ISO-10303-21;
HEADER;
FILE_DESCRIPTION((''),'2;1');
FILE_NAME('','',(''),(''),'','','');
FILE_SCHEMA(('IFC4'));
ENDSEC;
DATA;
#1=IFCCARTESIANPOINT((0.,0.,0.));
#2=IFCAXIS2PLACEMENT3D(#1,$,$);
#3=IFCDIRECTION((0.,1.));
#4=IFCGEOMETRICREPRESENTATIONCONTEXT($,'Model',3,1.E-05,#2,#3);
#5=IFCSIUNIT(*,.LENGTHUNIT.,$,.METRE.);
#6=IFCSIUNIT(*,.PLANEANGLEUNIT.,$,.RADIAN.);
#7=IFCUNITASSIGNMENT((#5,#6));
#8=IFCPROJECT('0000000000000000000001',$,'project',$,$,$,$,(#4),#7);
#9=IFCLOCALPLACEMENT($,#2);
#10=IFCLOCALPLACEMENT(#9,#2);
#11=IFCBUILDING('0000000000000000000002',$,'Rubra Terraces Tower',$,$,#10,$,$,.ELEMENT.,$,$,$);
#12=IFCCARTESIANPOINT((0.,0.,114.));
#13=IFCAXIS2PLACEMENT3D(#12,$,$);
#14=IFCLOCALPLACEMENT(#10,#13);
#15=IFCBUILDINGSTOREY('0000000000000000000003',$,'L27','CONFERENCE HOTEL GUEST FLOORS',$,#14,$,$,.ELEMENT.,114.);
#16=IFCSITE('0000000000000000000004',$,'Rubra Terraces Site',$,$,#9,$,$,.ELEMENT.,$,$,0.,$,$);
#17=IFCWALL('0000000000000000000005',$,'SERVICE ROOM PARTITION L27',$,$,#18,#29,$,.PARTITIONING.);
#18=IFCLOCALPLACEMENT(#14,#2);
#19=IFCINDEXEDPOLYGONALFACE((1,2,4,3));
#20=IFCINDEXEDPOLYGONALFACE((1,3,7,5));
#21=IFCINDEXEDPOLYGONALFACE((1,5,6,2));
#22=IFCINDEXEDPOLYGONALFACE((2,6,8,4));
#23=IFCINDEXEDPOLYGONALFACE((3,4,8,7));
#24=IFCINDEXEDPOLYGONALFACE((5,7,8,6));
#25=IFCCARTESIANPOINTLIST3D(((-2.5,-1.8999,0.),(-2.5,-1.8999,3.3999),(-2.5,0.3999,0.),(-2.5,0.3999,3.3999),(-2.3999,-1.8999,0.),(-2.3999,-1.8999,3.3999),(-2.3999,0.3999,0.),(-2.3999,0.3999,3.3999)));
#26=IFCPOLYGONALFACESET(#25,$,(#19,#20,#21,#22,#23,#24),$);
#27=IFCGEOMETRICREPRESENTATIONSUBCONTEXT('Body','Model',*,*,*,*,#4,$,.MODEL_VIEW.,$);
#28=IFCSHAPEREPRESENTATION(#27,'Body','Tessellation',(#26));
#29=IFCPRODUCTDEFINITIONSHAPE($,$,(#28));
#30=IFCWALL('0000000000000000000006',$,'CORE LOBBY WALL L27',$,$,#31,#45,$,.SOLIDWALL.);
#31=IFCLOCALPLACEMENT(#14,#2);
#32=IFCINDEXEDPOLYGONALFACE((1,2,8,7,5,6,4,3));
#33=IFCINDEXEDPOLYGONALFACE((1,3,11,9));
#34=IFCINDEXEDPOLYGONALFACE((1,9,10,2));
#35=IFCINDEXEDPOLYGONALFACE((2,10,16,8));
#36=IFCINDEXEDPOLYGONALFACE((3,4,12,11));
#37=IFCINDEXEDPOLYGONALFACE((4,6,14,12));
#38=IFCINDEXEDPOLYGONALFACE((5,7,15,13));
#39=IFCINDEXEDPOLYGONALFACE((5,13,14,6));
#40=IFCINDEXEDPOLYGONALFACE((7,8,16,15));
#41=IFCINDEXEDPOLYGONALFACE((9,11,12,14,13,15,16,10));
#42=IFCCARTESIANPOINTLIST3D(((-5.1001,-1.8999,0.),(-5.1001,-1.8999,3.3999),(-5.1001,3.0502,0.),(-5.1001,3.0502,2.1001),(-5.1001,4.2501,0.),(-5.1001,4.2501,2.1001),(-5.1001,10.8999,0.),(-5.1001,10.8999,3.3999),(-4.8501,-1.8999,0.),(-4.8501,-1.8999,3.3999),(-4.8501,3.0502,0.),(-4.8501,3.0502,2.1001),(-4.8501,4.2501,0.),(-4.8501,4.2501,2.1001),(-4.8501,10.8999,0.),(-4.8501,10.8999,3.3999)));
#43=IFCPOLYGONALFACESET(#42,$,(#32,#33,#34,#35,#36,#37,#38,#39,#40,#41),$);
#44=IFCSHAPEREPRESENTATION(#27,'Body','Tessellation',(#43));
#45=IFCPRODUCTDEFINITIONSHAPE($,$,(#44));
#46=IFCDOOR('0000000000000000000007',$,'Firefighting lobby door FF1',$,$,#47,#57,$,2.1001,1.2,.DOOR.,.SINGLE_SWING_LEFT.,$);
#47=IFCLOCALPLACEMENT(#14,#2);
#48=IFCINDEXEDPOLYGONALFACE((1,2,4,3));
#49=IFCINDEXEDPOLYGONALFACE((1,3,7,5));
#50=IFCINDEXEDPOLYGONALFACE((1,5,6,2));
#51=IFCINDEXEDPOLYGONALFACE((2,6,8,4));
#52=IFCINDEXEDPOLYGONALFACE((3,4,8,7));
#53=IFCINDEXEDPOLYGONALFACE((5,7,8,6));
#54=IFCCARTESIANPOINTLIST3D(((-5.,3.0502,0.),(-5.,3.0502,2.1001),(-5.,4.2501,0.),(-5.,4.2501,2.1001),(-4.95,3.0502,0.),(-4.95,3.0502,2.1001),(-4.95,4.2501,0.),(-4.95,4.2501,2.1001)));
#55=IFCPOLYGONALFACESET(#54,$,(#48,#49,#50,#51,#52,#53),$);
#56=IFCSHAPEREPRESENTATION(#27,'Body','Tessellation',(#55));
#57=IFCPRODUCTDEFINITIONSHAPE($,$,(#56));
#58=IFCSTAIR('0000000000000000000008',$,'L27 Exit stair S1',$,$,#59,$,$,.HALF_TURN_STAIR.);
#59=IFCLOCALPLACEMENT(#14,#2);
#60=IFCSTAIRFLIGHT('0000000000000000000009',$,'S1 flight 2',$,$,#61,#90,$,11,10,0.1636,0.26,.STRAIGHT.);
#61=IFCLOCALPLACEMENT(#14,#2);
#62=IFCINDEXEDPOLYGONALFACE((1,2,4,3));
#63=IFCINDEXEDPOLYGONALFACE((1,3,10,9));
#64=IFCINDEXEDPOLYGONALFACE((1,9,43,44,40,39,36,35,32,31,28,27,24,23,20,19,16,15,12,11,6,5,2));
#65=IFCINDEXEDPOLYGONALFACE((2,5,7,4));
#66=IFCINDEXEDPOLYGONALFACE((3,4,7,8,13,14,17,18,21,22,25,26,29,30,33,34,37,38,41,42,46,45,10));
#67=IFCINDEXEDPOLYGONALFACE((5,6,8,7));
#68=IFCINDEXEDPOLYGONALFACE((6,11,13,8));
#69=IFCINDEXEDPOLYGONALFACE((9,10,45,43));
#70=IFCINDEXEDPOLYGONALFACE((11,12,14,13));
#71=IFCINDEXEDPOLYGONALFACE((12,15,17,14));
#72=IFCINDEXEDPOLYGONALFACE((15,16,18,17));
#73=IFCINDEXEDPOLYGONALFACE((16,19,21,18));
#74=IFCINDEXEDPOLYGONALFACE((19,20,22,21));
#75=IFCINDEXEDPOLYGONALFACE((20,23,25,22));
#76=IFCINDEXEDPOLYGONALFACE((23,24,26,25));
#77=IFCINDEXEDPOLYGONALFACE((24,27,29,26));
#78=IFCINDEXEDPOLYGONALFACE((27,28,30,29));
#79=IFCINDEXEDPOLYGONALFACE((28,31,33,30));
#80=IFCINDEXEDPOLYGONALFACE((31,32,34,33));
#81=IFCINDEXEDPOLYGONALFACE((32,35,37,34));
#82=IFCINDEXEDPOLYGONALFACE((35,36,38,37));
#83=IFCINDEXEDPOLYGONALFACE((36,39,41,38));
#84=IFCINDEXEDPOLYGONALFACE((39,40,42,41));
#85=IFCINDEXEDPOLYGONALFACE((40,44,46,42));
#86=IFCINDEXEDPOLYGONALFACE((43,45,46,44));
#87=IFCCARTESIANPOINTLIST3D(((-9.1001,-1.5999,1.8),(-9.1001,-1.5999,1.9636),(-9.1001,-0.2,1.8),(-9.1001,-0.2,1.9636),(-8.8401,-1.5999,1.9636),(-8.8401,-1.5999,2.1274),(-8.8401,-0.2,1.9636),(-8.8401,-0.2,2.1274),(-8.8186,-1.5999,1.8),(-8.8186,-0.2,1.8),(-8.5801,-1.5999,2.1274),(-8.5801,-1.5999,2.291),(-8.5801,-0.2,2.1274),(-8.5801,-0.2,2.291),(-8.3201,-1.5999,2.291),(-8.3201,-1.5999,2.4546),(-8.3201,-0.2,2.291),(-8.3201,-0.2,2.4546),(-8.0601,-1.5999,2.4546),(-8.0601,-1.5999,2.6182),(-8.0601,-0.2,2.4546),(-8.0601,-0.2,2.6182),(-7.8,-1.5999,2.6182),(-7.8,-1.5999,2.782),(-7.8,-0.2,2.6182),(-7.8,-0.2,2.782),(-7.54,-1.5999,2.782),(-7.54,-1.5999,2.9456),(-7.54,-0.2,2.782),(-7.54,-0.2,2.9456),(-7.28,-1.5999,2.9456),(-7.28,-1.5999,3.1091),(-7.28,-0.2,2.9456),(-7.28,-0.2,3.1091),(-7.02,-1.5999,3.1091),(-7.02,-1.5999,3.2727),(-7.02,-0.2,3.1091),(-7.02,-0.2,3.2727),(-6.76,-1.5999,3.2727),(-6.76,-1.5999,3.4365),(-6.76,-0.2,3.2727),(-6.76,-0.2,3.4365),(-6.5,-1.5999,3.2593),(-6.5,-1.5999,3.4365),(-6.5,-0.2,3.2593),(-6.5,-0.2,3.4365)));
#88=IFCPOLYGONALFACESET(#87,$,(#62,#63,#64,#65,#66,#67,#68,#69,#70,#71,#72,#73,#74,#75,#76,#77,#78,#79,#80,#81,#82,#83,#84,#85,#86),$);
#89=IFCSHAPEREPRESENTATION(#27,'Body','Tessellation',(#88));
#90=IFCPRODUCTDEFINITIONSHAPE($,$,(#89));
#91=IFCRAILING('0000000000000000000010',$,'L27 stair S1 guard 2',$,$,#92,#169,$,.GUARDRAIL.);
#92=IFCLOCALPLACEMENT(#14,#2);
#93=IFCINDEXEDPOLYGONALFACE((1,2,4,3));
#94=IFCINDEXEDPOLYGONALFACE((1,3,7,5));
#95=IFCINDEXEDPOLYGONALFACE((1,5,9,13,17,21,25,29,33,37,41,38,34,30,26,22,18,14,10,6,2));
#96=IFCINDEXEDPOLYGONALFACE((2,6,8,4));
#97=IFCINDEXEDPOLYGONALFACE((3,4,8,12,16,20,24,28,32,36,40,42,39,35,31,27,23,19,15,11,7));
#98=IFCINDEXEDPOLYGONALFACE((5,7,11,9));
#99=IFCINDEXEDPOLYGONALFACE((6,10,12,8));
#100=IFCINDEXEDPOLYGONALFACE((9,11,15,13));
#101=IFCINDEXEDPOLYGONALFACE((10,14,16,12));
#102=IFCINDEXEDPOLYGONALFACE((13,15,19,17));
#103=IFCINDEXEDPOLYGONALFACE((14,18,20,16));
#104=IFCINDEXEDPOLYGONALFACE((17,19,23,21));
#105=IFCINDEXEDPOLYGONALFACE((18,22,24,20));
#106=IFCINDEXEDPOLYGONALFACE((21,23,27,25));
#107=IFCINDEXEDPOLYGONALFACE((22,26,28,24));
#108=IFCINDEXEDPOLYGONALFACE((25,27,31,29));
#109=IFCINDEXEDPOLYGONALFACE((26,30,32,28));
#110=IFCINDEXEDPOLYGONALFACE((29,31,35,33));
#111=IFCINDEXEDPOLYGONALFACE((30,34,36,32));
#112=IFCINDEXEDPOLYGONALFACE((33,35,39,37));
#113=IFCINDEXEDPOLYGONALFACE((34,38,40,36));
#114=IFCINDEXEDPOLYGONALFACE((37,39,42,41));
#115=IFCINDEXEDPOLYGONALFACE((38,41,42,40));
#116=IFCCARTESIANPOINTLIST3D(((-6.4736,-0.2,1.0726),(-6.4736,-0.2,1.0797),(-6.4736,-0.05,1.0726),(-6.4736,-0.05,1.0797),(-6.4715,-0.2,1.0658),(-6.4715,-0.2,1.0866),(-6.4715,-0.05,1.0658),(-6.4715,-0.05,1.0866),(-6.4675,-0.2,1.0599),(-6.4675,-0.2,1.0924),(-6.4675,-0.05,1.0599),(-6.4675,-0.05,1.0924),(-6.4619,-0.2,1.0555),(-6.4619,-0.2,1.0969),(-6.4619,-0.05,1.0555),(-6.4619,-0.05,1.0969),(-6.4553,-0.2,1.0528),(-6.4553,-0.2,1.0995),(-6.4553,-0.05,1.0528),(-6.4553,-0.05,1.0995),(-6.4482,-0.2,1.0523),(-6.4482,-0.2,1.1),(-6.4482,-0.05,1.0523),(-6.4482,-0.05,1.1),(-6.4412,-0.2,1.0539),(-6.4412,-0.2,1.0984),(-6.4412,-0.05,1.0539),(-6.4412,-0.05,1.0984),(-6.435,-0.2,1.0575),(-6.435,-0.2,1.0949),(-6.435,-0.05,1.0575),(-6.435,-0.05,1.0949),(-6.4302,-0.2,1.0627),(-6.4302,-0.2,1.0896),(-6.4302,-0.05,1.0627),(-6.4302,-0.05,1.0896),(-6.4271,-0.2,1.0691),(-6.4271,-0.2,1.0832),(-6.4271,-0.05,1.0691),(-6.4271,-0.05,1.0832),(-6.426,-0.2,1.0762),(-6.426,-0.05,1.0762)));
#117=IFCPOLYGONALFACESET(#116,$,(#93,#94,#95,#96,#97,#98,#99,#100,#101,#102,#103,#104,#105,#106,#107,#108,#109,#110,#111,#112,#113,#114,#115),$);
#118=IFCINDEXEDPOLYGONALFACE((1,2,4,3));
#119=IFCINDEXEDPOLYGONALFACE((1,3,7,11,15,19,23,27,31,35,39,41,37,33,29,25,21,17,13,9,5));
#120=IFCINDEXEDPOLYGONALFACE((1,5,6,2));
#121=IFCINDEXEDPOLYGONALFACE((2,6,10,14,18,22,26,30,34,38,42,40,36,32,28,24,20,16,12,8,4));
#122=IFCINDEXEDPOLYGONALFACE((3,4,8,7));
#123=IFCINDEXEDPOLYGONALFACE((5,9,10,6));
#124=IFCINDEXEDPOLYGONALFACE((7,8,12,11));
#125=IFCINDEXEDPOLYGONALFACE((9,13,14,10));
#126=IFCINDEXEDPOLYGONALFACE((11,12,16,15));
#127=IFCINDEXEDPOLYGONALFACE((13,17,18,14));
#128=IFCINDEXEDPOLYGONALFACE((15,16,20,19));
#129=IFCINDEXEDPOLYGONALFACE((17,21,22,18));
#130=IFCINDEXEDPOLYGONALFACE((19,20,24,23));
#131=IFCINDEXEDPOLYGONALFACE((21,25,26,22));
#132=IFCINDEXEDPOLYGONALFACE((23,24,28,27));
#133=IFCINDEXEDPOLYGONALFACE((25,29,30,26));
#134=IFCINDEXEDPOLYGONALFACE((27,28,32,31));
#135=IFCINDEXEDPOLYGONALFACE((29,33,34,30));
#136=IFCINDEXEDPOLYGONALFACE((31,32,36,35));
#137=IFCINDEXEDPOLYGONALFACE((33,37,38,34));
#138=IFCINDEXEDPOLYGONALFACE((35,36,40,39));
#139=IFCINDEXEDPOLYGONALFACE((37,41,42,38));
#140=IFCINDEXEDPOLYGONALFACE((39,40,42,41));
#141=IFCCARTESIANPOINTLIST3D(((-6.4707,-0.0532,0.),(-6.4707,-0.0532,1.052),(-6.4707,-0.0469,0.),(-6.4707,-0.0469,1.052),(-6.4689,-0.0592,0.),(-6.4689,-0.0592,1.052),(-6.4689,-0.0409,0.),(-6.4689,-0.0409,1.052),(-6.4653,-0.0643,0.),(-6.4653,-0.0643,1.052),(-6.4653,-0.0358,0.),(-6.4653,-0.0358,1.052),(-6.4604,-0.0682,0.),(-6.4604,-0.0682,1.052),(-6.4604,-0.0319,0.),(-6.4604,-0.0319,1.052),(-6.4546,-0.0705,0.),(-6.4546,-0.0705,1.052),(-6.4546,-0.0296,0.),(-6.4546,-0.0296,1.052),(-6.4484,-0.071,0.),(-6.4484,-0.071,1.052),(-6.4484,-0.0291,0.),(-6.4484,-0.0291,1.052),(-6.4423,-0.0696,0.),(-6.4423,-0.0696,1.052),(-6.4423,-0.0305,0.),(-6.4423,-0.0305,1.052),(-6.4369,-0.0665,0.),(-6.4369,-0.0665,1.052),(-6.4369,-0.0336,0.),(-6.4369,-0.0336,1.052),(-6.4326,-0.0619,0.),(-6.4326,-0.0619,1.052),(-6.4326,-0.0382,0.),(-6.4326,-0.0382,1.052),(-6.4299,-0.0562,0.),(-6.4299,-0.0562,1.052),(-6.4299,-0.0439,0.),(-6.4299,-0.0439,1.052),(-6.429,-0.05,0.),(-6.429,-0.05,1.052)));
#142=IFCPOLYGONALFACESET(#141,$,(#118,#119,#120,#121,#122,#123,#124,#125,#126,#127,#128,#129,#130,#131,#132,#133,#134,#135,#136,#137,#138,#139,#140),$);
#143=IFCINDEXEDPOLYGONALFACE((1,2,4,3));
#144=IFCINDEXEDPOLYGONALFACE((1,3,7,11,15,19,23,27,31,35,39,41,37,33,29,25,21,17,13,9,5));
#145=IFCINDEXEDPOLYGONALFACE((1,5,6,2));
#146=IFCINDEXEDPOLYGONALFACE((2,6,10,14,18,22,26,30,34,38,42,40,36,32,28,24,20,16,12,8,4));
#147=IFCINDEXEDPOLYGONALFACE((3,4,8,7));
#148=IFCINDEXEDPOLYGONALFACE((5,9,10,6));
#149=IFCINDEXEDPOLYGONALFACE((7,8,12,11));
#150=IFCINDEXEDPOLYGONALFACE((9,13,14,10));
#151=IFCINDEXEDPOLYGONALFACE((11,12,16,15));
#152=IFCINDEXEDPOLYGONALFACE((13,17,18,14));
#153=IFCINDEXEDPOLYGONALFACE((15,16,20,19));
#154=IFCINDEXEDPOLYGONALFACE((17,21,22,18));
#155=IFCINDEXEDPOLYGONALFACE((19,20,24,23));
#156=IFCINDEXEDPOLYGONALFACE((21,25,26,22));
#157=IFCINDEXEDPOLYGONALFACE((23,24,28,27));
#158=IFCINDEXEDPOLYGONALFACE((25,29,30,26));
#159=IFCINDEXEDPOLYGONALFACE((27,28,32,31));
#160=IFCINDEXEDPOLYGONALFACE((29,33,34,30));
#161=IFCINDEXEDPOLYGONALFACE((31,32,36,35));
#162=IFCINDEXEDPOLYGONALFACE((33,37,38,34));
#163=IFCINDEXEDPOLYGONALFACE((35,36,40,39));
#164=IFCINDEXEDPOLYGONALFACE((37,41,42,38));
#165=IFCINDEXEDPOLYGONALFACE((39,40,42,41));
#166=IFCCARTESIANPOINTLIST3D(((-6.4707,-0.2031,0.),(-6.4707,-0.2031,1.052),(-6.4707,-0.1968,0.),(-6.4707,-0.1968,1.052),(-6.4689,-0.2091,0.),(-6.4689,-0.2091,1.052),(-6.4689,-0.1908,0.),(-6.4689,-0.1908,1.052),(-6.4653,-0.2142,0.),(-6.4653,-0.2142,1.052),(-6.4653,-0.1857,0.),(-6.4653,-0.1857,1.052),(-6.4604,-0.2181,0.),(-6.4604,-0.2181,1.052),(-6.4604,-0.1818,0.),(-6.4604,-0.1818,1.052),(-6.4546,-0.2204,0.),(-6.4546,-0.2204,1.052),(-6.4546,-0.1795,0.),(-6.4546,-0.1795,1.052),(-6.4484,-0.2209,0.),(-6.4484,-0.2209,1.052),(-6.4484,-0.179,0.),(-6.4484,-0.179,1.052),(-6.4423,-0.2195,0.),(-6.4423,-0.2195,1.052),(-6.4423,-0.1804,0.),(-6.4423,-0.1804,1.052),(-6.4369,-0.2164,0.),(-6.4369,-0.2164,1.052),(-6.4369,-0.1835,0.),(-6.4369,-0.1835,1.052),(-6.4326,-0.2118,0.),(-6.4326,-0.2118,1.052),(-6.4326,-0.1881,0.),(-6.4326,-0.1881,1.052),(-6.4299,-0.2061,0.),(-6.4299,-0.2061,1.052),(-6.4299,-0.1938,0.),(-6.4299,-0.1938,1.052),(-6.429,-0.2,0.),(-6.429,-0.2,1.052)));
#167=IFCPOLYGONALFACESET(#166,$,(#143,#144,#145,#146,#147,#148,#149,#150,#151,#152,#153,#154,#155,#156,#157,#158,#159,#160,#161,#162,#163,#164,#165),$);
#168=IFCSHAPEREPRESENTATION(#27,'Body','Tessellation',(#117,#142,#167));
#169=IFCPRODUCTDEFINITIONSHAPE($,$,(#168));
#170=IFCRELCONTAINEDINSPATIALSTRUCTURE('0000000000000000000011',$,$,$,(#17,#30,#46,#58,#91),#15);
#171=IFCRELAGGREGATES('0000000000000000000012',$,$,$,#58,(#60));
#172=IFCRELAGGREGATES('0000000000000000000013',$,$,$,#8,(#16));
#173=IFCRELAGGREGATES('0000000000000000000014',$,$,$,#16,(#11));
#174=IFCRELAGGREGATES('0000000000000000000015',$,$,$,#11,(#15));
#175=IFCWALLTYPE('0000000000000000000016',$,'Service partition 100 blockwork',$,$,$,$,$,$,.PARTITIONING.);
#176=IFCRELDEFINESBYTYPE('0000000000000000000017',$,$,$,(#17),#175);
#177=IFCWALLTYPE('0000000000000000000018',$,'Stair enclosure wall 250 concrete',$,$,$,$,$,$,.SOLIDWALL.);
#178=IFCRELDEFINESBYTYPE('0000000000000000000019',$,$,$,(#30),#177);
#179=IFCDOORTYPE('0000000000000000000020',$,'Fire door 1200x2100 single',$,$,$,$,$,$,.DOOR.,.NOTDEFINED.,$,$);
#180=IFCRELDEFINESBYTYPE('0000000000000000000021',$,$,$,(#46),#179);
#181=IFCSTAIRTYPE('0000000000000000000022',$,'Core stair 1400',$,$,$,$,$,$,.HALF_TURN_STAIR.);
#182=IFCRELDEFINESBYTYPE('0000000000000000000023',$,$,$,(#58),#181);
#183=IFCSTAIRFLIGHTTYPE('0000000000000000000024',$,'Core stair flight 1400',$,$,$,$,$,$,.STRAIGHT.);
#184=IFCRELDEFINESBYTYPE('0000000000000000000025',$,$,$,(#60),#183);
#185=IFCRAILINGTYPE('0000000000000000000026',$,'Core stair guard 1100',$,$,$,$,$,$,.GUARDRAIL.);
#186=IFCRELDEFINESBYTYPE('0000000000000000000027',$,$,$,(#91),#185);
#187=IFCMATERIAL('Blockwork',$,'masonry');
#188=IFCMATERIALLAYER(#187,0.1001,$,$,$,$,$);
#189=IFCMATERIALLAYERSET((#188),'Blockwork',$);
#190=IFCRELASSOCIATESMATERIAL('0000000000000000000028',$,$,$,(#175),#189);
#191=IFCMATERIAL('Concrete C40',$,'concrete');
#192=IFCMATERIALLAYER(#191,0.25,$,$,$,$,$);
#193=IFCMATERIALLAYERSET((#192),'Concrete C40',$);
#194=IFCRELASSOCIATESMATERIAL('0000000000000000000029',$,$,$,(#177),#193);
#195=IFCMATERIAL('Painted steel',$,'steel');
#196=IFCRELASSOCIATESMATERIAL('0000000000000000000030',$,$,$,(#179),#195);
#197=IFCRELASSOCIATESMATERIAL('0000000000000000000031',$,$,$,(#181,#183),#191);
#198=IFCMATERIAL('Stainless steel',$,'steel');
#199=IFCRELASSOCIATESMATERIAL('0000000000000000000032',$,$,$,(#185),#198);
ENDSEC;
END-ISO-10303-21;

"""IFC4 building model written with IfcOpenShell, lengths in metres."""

from ifc_helpers import new_model, si_unit, direction, frame, frame_2d, origin, origin_2d, place, context, subcontext, project, spatial, polyline, rectangle, circle, outline, extrude, material, layer, layer_set, type_object, element, fill, aggregate, save


model = new_model("IFC4")

# Units and contexts
model_context = context("Model", 3, precision=1e-05, world=origin(), true_north=direction((0.0, 1.0)))
body_context = subcontext(model_context, "Body", "Model", "MODEL_VIEW")
ifc_project = project(units=[si_unit("LENGTHUNIT", "METRE"), si_unit("PLANEANGLEUNIT", "RADIAN")], contexts=[model_context])

# Site, building, storey
site_placement = place(None, origin())
site = spatial("IfcSite", under=ifc_project, at=site_placement, Name="Rubra Terraces Site", CompositionType="ELEMENT", RefElevation=0.0)
building_placement = place(site_placement, origin())
building = spatial("IfcBuilding", under=site, at=building_placement, Name="Rubra Terraces Tower", CompositionType="ELEMENT")
storey_placement = place(building_placement, frame((0.0, 0.0, 114.0)))
storey = spatial("IfcBuildingStorey", under=building, at=storey_placement, Name="L27", Description="CONFERENCE HOTEL GUEST FLOORS", CompositionType="ELEMENT", Elevation=114.0)

# Shared definitions
ifc_material_1 = material(Name="Concrete C40", Category="concrete")

# Shared definitions
ifc_material_2 = material(Name="Painted steel", Category="steel")

# Wall
ifc_material_3 = material(Name="Blockwork", Category="masonry")
ifc_layer_1 = layer(ifc_material_3, 0.1001)
ifc_layer_set_1 = layer_set([ifc_layer_1], Name="Blockwork")
wall_type_1 = type_object("IfcWallType", Name="Service partition 100 blockwork", PredefinedType="PARTITIONING", material=ifc_layer_set_1)
wall_1_placement = place(storey_placement, frame((-2.45, -1.8999, 0.0), z_axis=(0.0, 0.0, 1.0), x_axis=(0.0, 1.0, 0.0)))
element("IfcWall", 1, at=wall_1_placement, inside=storey, type_object=wall_type_1, Name="SERVICE ROOM PARTITION L27", PredefinedType="PARTITIONING", context=body_context, shape_type="SweptSolid", body=[
    extrude(rectangle(XDim=2.2998, YDim=0.1001, at=frame_2d((1.1499, 0.0))), origin(), (0.0, 0.0, 1.0), 3.3999),
])

# Wall, opening, door
ifc_layer_2 = layer(ifc_material_1, 0.25)
ifc_layer_set_2 = layer_set([ifc_layer_2], Name="Concrete C40")
wall_type_2 = type_object("IfcWallType", Name="Stair enclosure wall 250 concrete", PredefinedType="SOLIDWALL", material=ifc_layer_set_2)
wall_2_placement = place(storey_placement, frame((-4.9751, -1.8999, 0.0), z_axis=(0.0, 0.0, 1.0), x_axis=(0.0, 1.0, 0.0)))
wall_2 = element("IfcWall", 2, at=wall_2_placement, inside=storey, type_object=wall_type_2, Name="CORE LOBBY WALL L27", PredefinedType="SOLIDWALL", context=body_context, shape_type="SweptSolid", body=[
    extrude(rectangle(XDim=12.7998, YDim=0.25, at=frame_2d((6.3999, 0.0))), origin(), (0.0, 0.0, 1.0), 3.3999),
])
opening_1_placement = place(wall_2_placement, frame((4.95, 0.0, 0.0)))
opening_1 = element("IfcOpeningElement", 3, at=opening_1_placement, cuts=wall_2, PredefinedType="OPENING", context=body_context, shape_type="SweptSolid", body=[
    extrude(rectangle(XDim=1.2, YDim=2.1001, at=frame_2d((0.6001, 1.05))), frame((0.0, 0.135, 0.0), z_axis=(0.0, -1.0, 0.0), x_axis=(1.0, 0.0, 0.0)), (0.0, 0.0, 1.0), 0.27),
])
door_type_1 = type_object("IfcDoorType", Name="Fire door 1200x2100 single", OperationType="NOTDEFINED", PredefinedType="DOOR", material=ifc_material_2)
door_1_placement = place(opening_1_placement, origin())
door_1 = element("IfcDoor", 4, at=door_1_placement, inside=storey, type_object=door_type_1, Name="Firefighting lobby door FF1", OperationType="SINGLE_SWING_LEFT", OverallHeight=2.1001, OverallWidth=1.2, PredefinedType="DOOR", context=body_context, shape_type="SweptSolid", body=[
    extrude(rectangle(XDim=1.2, YDim=2.1001, at=frame_2d((0.6001, 1.05))), frame((0.0, 0.0249, 0.0), z_axis=(0.0, -1.0, 0.0), x_axis=(1.0, 0.0, 0.0)), (0.0, 0.0, 1.0), 0.05),
])
fill(opening_1, door_1)

# Stair, stair flight
stair_type = type_object("IfcStairType", Name="Core stair 1400", PredefinedType="HALF_TURN_STAIR", material=ifc_material_1)
stair_placement = place(storey_placement, origin())
stair = element("IfcStair", 5, at=stair_placement, inside=storey, type_object=stair_type, Name="L27 Exit stair S1", PredefinedType="HALF_TURN_STAIR")
stair_flight_type = type_object("IfcStairFlightType", Name="Core stair flight 1400", PredefinedType="STRAIGHT", material=ifc_material_1)
stair_flight_placement = place(storey_placement, frame((-9.1001, -0.8999, 1.8), z_axis=(0.0, 0.0, 1.0), x_axis=(1.0, 0.0, 0.0)))
stair_flight = element("IfcStairFlight", 6, at=stair_flight_placement, type_object=stair_flight_type, Name="S1 flight 2", NumberOfRisers=11, NumberOfTreads=10, PredefinedType="STRAIGHT", RiserHeight=0.1636, TreadLength=0.26, context=body_context, shape_type="SweptSolid", body=[
    extrude(outline(polyline([(0.0, 0.0), (0.0, 0.1636), (0.26, 0.1636), (0.26, 0.3274), (0.52, 0.3274), (0.52, 0.491), (0.78, 0.491), (0.78, 0.6545), (1.04, 0.6545), (1.04, 0.8181), (1.3, 0.8181), (1.3, 0.9819), (1.5601, 0.9819), (1.5601, 1.1455), (1.8201, 1.1455), (1.8201, 1.3091), (2.0801, 1.3091), (2.0801, 1.4727), (2.3401, 1.4727), (2.3401, 1.6365), (2.6001, 1.6365), (2.6001, 1.8), (2.6001, 1.4592), (0.2815, 0.0), (0.0, 0.0)])), frame((0.0, 0.7, 0.0), z_axis=(0.0, -1.0, 0.0), x_axis=(1.0, 0.0, 0.0)), (0.0, 0.0, 1.0), 1.3999),
])
aggregate(stair, [stair_flight])

# Railing
ifc_material_4 = material(Name="Stainless steel", Category="steel")
railing_type = type_object("IfcRailingType", Name="Core stair guard 1100", PredefinedType="GUARDRAIL", material=ifc_material_4)
railing_1_placement = place(storey_placement, frame((-6.45, -0.05, 0.0)))
element("IfcRailing", 7, at=railing_1_placement, inside=storey, type_object=railing_type, Name="L27 stair S1 guard 2", PredefinedType="GUARDRAIL", context=body_context, shape_type="SweptSolid", body=[
    extrude(circle(Radius=0.0239, at=origin_2d()), frame((0.0, 0.0, 1.0762), z_axis=(0.0, -1.0, 0.0), x_axis=(1.0, 0.0, 0.0)), (0.0, 0.0, 1.0), 0.1499),
    extrude(circle(Radius=0.021, at=origin_2d()), origin(), (0.0, 0.0, 1.0), 1.052),
    extrude(circle(Radius=0.021, at=origin_2d()), frame((0.0, -0.1499, 0.0)), (0.0, 0.0, 1.0), 1.052),
])

save(model, "model.ifc")
